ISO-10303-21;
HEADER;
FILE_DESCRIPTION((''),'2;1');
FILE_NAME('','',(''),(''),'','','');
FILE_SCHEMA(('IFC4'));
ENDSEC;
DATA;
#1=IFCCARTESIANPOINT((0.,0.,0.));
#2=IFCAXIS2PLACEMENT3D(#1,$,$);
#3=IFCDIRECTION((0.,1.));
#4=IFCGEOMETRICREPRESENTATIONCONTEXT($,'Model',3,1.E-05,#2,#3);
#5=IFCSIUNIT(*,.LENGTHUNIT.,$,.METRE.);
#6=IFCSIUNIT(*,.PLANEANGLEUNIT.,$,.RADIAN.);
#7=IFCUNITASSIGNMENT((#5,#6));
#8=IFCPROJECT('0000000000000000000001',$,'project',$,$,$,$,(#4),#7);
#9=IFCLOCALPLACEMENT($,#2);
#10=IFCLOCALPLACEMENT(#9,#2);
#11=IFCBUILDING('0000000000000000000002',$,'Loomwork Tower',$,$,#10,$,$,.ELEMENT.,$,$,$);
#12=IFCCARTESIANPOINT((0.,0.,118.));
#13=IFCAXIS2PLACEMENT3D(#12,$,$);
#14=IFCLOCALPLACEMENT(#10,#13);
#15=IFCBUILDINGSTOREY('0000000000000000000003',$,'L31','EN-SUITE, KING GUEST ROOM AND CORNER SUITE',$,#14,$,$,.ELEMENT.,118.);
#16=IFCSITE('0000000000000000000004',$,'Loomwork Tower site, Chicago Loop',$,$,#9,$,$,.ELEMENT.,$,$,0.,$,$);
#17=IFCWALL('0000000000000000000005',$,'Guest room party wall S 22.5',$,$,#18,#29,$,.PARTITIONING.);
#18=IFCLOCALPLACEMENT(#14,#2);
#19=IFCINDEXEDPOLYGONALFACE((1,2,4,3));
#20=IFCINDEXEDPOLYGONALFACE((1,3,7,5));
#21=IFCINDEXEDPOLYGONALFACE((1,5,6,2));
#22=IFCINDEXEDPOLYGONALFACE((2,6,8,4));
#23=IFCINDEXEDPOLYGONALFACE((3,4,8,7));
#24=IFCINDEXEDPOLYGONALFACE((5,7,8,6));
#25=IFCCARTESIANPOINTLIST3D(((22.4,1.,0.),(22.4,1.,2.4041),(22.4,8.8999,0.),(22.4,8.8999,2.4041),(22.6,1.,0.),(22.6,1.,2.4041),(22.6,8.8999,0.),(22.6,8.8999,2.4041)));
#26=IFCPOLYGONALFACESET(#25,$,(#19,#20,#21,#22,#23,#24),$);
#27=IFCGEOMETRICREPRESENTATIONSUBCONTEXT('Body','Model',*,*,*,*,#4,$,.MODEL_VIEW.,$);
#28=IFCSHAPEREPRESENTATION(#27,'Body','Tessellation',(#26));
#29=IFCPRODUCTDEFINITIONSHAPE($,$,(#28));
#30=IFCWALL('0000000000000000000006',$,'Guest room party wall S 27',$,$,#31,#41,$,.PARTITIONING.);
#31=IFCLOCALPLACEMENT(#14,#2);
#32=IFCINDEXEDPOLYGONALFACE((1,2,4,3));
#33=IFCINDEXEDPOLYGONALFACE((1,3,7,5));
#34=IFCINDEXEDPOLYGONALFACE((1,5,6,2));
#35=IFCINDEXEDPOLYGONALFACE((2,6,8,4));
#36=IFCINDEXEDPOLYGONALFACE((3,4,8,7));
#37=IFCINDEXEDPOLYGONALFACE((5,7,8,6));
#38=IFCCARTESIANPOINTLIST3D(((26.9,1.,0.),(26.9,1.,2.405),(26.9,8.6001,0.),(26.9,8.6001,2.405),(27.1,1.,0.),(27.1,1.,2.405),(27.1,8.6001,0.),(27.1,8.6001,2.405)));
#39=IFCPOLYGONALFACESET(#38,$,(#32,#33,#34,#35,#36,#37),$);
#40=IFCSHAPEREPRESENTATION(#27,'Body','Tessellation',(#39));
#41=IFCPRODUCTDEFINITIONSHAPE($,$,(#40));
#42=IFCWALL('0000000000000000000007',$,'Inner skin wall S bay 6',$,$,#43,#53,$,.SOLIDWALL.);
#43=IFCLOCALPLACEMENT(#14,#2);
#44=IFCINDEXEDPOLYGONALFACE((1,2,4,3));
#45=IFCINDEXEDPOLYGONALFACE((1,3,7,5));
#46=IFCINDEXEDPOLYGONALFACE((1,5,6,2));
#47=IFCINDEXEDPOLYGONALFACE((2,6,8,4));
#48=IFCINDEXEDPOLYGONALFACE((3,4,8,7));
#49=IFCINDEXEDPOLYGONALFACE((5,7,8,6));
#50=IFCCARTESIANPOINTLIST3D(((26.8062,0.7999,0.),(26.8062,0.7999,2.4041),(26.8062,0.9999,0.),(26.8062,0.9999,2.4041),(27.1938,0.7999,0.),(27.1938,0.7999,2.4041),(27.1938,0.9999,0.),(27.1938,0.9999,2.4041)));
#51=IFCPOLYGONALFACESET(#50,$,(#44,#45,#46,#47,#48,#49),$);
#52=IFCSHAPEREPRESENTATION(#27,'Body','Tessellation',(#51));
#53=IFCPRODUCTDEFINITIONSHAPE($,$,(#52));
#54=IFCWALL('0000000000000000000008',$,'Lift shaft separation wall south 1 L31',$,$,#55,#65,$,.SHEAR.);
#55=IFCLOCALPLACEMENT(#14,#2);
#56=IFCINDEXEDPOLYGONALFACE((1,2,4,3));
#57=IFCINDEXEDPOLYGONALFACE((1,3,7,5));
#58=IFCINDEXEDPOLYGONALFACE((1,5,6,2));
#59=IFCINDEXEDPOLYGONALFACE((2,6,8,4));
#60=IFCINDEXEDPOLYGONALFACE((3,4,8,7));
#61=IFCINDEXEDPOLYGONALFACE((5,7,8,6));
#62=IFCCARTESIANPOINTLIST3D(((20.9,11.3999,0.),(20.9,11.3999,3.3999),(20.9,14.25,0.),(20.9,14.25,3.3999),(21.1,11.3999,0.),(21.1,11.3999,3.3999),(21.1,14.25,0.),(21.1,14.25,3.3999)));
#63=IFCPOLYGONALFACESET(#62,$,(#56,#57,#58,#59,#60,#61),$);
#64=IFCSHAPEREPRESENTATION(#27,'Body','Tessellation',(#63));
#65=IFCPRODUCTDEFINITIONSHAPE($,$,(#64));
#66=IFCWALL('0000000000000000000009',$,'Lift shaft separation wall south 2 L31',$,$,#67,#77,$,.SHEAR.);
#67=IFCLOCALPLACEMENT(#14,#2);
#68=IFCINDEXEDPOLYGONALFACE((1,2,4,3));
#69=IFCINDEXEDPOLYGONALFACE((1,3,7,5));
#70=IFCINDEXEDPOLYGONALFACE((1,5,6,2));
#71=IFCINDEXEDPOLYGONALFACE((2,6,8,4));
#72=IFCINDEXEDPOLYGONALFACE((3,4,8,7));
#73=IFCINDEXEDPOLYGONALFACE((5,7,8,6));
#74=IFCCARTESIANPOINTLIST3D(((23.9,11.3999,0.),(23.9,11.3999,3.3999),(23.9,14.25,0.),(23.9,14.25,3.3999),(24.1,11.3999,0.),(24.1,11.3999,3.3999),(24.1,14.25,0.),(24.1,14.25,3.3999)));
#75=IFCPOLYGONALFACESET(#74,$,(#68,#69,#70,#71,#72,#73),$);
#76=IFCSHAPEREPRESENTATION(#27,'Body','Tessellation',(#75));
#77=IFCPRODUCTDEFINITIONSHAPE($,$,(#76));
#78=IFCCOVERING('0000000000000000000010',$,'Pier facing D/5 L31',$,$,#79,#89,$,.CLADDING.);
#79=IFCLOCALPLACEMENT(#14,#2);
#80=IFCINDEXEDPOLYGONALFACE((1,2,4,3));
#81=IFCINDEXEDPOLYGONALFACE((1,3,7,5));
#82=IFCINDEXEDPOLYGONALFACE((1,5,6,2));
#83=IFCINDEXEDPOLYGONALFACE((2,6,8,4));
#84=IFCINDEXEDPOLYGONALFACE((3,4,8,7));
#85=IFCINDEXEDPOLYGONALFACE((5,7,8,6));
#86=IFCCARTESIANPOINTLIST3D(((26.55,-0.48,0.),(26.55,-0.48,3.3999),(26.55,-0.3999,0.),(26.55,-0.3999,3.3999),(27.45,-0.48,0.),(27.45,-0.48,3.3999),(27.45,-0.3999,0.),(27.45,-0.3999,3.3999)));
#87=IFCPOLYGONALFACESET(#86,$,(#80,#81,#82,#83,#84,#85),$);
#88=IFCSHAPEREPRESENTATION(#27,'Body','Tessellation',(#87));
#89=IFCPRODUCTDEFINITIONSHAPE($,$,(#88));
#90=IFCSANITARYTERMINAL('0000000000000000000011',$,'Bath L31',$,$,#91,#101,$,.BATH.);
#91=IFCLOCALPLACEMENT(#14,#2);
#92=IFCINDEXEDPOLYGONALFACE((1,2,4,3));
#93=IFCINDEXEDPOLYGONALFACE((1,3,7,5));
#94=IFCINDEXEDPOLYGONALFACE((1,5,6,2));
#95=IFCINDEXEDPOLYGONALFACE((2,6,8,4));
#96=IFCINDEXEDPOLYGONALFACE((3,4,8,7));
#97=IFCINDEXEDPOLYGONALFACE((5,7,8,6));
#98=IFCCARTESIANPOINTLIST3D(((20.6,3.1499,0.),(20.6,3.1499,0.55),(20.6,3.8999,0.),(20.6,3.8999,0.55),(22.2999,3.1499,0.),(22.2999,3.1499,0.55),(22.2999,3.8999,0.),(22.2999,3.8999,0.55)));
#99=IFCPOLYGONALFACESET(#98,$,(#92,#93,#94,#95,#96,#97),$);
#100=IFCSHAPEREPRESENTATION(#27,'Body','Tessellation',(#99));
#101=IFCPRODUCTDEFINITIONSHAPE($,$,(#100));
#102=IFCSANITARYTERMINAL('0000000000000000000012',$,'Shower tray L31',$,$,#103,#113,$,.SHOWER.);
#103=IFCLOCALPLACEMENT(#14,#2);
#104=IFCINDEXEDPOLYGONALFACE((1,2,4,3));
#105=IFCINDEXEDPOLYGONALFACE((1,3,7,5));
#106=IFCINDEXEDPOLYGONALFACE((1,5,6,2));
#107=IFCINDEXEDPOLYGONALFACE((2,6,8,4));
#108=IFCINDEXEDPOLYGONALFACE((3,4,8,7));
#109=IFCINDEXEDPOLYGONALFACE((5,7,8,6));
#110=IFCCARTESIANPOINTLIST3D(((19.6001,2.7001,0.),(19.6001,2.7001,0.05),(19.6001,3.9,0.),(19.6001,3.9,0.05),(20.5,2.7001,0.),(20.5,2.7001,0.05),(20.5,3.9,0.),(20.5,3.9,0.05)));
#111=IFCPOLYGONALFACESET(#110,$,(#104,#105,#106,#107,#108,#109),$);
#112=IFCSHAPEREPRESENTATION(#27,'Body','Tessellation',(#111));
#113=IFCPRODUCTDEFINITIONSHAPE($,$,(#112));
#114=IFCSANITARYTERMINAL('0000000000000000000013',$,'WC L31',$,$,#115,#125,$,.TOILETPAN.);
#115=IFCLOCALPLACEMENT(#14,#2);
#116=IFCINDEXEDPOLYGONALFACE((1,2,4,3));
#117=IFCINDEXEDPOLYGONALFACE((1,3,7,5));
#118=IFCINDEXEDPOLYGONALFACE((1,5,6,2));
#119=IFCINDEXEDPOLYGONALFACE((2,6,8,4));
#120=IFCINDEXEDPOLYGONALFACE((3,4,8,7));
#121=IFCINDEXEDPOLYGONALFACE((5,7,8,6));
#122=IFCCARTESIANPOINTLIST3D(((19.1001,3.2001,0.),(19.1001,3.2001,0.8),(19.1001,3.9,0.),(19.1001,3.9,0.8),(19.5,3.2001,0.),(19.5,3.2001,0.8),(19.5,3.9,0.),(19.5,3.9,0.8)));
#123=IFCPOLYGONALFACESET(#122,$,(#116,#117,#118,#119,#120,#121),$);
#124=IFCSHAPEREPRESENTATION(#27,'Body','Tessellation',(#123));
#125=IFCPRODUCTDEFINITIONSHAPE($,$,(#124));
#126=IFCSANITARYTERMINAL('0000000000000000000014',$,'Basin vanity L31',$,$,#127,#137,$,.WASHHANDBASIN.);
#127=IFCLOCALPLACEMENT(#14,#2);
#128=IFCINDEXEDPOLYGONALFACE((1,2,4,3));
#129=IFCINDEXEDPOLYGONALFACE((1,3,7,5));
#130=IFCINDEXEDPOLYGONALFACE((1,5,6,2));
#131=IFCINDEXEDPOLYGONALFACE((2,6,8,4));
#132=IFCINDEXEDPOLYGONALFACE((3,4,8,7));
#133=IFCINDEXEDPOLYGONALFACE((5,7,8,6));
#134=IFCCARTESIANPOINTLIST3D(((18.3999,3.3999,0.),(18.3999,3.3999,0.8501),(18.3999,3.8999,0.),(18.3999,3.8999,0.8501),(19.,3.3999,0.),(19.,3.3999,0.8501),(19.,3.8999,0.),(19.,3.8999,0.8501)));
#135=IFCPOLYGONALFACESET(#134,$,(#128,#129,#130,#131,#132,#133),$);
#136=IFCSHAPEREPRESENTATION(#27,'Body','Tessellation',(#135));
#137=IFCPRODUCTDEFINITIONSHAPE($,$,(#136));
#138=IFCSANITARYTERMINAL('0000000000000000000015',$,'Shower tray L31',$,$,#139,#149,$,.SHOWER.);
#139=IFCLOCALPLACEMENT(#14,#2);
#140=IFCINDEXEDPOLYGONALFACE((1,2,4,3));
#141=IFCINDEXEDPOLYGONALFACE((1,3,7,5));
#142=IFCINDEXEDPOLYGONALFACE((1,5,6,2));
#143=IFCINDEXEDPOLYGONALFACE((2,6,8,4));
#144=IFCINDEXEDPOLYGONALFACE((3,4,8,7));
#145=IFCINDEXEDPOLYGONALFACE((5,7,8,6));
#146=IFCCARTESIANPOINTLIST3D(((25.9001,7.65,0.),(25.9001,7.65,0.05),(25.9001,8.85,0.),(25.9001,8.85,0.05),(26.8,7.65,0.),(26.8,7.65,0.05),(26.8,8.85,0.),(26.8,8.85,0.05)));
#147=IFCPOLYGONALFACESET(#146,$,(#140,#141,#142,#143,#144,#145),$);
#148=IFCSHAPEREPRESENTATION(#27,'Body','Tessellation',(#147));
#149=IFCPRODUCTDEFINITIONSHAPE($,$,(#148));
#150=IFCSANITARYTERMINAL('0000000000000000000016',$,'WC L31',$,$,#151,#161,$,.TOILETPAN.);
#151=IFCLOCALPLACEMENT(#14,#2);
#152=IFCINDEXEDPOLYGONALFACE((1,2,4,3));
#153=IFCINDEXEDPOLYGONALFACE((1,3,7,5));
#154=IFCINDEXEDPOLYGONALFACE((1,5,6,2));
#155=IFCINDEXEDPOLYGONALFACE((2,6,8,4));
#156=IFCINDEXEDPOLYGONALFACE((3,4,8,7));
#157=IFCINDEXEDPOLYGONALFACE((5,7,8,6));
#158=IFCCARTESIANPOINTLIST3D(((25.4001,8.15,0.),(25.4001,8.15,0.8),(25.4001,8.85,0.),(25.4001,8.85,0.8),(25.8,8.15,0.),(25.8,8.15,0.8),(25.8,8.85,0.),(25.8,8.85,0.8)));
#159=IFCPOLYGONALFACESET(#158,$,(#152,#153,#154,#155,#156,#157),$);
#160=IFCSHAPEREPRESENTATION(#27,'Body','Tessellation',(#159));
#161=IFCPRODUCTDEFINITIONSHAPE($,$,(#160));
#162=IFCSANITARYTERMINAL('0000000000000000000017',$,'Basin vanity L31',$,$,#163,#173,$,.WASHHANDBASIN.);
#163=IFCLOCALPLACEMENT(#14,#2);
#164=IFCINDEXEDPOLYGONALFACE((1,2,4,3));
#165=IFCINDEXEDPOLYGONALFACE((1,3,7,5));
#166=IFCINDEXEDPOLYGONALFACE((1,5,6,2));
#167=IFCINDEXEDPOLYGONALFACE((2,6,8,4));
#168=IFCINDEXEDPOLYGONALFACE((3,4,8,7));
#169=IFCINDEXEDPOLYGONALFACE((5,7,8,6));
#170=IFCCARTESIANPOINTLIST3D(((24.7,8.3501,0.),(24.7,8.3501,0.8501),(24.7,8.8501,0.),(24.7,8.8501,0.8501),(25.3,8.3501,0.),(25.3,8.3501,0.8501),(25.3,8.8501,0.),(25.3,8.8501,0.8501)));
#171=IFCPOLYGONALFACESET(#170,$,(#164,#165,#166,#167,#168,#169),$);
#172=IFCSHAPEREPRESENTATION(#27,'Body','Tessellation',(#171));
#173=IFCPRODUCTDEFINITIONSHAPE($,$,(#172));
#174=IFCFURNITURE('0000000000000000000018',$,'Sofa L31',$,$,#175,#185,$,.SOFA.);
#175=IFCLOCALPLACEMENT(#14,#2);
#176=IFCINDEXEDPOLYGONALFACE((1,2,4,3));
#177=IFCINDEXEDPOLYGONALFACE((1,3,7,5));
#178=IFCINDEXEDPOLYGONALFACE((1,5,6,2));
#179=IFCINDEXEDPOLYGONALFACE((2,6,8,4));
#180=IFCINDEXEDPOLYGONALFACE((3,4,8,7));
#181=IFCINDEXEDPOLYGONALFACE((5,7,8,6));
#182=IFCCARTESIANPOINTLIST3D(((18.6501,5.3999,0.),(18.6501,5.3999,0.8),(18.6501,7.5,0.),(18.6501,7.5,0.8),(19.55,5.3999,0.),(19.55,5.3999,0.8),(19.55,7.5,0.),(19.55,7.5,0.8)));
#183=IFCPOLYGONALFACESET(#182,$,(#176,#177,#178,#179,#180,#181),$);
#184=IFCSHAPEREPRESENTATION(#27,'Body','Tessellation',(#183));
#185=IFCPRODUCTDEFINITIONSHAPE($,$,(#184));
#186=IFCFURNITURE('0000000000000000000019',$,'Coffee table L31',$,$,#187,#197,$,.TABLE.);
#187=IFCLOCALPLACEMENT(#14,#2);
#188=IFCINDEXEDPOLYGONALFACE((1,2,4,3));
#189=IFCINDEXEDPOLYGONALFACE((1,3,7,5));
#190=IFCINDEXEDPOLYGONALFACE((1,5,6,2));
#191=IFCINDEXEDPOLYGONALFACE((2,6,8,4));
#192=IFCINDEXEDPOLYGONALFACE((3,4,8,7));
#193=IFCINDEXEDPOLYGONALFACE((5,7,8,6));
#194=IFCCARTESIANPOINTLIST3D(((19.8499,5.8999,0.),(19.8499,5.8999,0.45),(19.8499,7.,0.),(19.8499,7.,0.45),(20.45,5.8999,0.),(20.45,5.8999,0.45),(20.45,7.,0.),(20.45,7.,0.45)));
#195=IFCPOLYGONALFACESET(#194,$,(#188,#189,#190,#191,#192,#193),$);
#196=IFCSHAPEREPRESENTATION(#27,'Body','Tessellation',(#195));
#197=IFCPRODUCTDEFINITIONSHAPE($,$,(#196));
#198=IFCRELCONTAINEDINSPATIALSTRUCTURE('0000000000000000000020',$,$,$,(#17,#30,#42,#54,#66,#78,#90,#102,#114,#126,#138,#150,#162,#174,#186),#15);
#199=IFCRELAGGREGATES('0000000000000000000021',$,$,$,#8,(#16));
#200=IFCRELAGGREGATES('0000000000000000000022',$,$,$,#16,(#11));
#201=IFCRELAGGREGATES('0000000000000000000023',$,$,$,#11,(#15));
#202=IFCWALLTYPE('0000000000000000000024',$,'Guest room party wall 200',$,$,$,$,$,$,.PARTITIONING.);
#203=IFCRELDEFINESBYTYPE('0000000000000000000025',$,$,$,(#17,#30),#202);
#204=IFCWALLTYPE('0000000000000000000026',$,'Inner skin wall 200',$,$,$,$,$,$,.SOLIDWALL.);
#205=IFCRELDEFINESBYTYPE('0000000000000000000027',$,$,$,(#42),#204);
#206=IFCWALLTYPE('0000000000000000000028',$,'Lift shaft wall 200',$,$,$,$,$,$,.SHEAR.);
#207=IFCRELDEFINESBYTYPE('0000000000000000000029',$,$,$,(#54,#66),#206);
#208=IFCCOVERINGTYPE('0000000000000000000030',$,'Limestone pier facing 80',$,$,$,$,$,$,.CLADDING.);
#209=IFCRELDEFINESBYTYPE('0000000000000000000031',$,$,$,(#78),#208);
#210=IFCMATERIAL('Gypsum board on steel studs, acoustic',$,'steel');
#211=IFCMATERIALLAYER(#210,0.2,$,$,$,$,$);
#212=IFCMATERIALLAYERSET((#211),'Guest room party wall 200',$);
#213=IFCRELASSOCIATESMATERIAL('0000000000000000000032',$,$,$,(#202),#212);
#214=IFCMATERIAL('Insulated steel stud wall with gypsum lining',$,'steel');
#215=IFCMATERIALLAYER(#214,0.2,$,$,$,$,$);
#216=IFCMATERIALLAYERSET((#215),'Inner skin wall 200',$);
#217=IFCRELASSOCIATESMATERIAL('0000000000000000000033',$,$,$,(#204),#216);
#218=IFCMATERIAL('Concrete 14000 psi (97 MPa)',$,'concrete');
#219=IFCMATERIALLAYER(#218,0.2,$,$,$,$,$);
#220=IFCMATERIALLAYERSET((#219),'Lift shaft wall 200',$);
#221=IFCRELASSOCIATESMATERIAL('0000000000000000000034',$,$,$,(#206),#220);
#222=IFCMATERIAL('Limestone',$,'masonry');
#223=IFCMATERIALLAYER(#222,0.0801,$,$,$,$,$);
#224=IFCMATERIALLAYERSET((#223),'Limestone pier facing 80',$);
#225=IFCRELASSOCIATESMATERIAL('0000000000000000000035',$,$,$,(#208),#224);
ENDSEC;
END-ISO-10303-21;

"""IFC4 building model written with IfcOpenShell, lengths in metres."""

from ifc_helpers import new_model, si_unit, direction, frame, frame_2d, origin, origin_2d, place, context, subcontext, project, spatial, rectangle, extrude, material, layer, layer_set, type_object, element, save


model = new_model("IFC4")

# Units and contexts
model_context = context("Model", 3, precision=1e-05, world=origin(), true_north=direction((0.0, 1.0)))
body_context = subcontext(model_context, "Body", "Model", "MODEL_VIEW")
ifc_project = project(units=[si_unit("LENGTHUNIT", "METRE"), si_unit("PLANEANGLEUNIT", "RADIAN")], contexts=[model_context])

# Site, building, storey
site_placement = place(None, origin())
site = spatial("IfcSite", under=ifc_project, at=site_placement, Name="Loomwork Tower site, Chicago Loop", CompositionType="ELEMENT", RefElevation=0.0)
building_placement = place(site_placement, origin())
building = spatial("IfcBuilding", under=site, at=building_placement, Name="Loomwork Tower", CompositionType="ELEMENT")
storey_placement = place(building_placement, frame((0.0, 0.0, 118.0)))
storey = spatial("IfcBuildingStorey", under=building, at=storey_placement, Name="L31", Description="EN-SUITE, KING GUEST ROOM AND CORNER SUITE", CompositionType="ELEMENT", Elevation=118.0)

# Walls
ifc_material_1 = material(Name="Gypsum board on steel studs, acoustic", Category="steel")
ifc_layer_1 = layer(ifc_material_1, 0.2)
ifc_layer_set_1 = layer_set([ifc_layer_1], Name="Guest room party wall 200")
wall_type_1 = type_object("IfcWallType", Name="Guest room party wall 200", PredefinedType="PARTITIONING", material=ifc_layer_set_1)
wall_1_placement = place(storey_placement, frame((22.5, 8.8999, 0.0), z_axis=(0.0, 0.0, 1.0), x_axis=(0.0, -1.0, 0.0)))
element("IfcWall", 1, at=wall_1_placement, inside=storey, type_object=wall_type_1, Name="Guest room party wall S 22.5", PredefinedType="PARTITIONING", context=body_context, shape_type="SweptSolid", body=[
    extrude(rectangle(XDim=7.8999, YDim=0.2, at=frame_2d((3.95, 0.0))), origin(), (0.0, 0.0, 1.0), 2.4041),
])
wall_2_placement = place(storey_placement, frame((27.0, 8.6001, 0.0), z_axis=(0.0, 0.0, 1.0), x_axis=(0.0, -1.0, 0.0)))
element("IfcWall", 2, at=wall_2_placement, inside=storey, type_object=wall_type_1, Name="Guest room party wall S 27", PredefinedType="PARTITIONING", context=body_context, shape_type="SweptSolid", body=[
    extrude(rectangle(XDim=7.6001, YDim=0.2, at=frame_2d((3.8, 0.0))), origin(), (0.0, 0.0, 1.0), 2.405),
])
ifc_material_2 = material(Name="Insulated steel stud wall with gypsum lining", Category="steel")
ifc_layer_2 = layer(ifc_material_2, 0.2)
ifc_layer_set_2 = layer_set([ifc_layer_2], Name="Inner skin wall 200")
wall_type_2 = type_object("IfcWallType", Name="Inner skin wall 200", PredefinedType="SOLIDWALL", material=ifc_layer_set_2)
wall_3_placement = place(storey_placement, frame((26.8062, 0.8999, 0.0), z_axis=(0.0, 0.0, 1.0), x_axis=(1.0, 0.0, 0.0)))
element("IfcWall", 3, at=wall_3_placement, inside=storey, type_object=wall_type_2, Name="Inner skin wall S bay 6", PredefinedType="SOLIDWALL", context=body_context, shape_type="SweptSolid", body=[
    extrude(rectangle(XDim=0.3877, YDim=0.2, at=frame_2d((0.1938, 0.0))), origin(), (0.0, 0.0, 1.0), 2.4041),
])
ifc_material_3 = material(Name="Concrete 14000 psi (97 MPa)", Category="concrete")
ifc_layer_3 = layer(ifc_material_3, 0.2)
ifc_layer_set_3 = layer_set([ifc_layer_3], Name="Lift shaft wall 200")
wall_type_3 = type_object("IfcWallType", Name="Lift shaft wall 200", PredefinedType="SHEAR", material=ifc_layer_set_3)
for number, where, z_axis, x_axis, name in (
    (4, (21.0, 11.3999, 0.0), (0.0, 0.0, 1.0), (0.0, 1.0, 0.0), "Lift shaft separation wall south 1 L31"),
    (5, (24.0, 11.3999, 0.0), (0.0, 0.0, 1.0), (0.0, 1.0, 0.0), "Lift shaft separation wall south 2 L31"),
):
    element("IfcWall", number, at=place(storey_placement, frame(where, z_axis=z_axis, x_axis=x_axis)), inside=storey, type_object=wall_type_3, Name=name, PredefinedType="SHEAR", context=body_context, shape_type="SweptSolid", body=[
        extrude(rectangle(XDim=2.8501, YDim=0.2, at=frame_2d((1.425, 0.0))), origin(), (0.0, 0.0, 1.0), 3.3999),
    ])

# Covering
ifc_material_4 = material(Name="Limestone", Category="masonry")
ifc_layer_4 = layer(ifc_material_4, 0.0801)
ifc_layer_set_4 = layer_set([ifc_layer_4], Name="Limestone pier facing 80")
covering_type = type_object("IfcCoveringType", Name="Limestone pier facing 80", PredefinedType="CLADDING", material=ifc_layer_set_4)
covering_placement = place(storey_placement, frame((27.0, -0.4399, 0.0), z_axis=(0.0, 0.0, 1.0), x_axis=(1.0, 0.0, 0.0)))
element("IfcCovering", 6, at=covering_placement, inside=storey, type_object=covering_type, Name="Pier facing D/5 L31", PredefinedType="CLADDING", context=body_context, shape_type="SweptSolid", body=[
    extrude(rectangle(XDim=0.8999, YDim=0.0801, at=origin_2d()), origin(), (0.0, 0.0, 1.0), 3.3999),
])

# Sanitary terminals
sanitary_terminal_1_placement = place(storey_placement, frame((21.45, 3.5249, 0.0), z_axis=(0.0, 0.0, 1.0), x_axis=(1.0, 0.0, 0.0)))
element("IfcSanitaryTerminal", 7, at=sanitary_terminal_1_placement, inside=storey, Name="Bath L31", PredefinedType="BATH", context=body_context, shape_type="SweptSolid", body=[
    extrude(rectangle(XDim=1.7, YDim=0.75, at=origin_2d()), origin(), (0.0, 0.0, 1.0), 0.55),
])
sanitary_terminal_2_placement = place(storey_placement, frame((20.05, 3.3, 0.0), z_axis=(0.0, 0.0, 1.0), x_axis=(1.0, 0.0, 0.0)))
element("IfcSanitaryTerminal", 8, at=sanitary_terminal_2_placement, inside=storey, Name="Shower tray L31", PredefinedType="SHOWER", context=body_context, shape_type="SweptSolid", body=[
    extrude(rectangle(XDim=0.8999, YDim=1.2, at=origin_2d()), origin(), (0.0, 0.0, 1.0), 0.05),
])
sanitary_terminal_3_placement = place(storey_placement, frame((19.3, 3.55, 0.0), z_axis=(0.0, 0.0, 1.0), x_axis=(1.0, 0.0, 0.0)))
element("IfcSanitaryTerminal", 9, at=sanitary_terminal_3_placement, inside=storey, Name="WC L31", PredefinedType="TOILETPAN", context=body_context, shape_type="SweptSolid", body=[
    extrude(rectangle(XDim=0.3999, YDim=0.7, at=origin_2d()), origin(), (0.0, 0.0, 1.0), 0.8),
])
sanitary_terminal_4_placement = place(storey_placement, frame((18.7, 3.6499, 0.0), z_axis=(0.0, 0.0, 1.0), x_axis=(1.0, 0.0, 0.0)))
element("IfcSanitaryTerminal", 10, at=sanitary_terminal_4_placement, inside=storey, Name="Basin vanity L31", PredefinedType="WASHHANDBASIN", context=body_context, shape_type="SweptSolid", body=[
    extrude(rectangle(XDim=0.6001, YDim=0.5, at=origin_2d()), origin(), (0.0, 0.0, 1.0), 0.8501),
])
sanitary_terminal_5_placement = place(storey_placement, frame((26.3501, 8.25, 0.0), z_axis=(0.0, 0.0, 1.0), x_axis=(1.0, 0.0, 0.0)))
element("IfcSanitaryTerminal", 11, at=sanitary_terminal_5_placement, inside=storey, Name="Shower tray L31", PredefinedType="SHOWER", context=body_context, shape_type="SweptSolid", body=[
    extrude(rectangle(XDim=0.8999, YDim=1.2, at=origin_2d()), origin(), (0.0, 0.0, 1.0), 0.05),
])
sanitary_terminal_6_placement = place(storey_placement, frame((25.6001, 8.5, 0.0), z_axis=(0.0, 0.0, 1.0), x_axis=(1.0, 0.0, 0.0)))
element("IfcSanitaryTerminal", 12, at=sanitary_terminal_6_placement, inside=storey, Name="WC L31", PredefinedType="TOILETPAN", context=body_context, shape_type="SweptSolid", body=[
    extrude(rectangle(XDim=0.3999, YDim=0.7, at=origin_2d()), origin(), (0.0, 0.0, 1.0), 0.8),
])
sanitary_terminal_7_placement = place(storey_placement, frame((25.0, 8.6001, 0.0), z_axis=(0.0, 0.0, 1.0), x_axis=(1.0, 0.0, 0.0)))
element("IfcSanitaryTerminal", 13, at=sanitary_terminal_7_placement, inside=storey, Name="Basin vanity L31", PredefinedType="WASHHANDBASIN", context=body_context, shape_type="SweptSolid", body=[
    extrude(rectangle(XDim=0.6001, YDim=0.5, at=origin_2d()), origin(), (0.0, 0.0, 1.0), 0.8501),
])

# Furniture
furniture_1_placement = place(storey_placement, frame((19.1001, 6.45, 0.0), z_axis=(0.0, 0.0, 1.0), x_axis=(1.0, 0.0, 0.0)))
element("IfcFurniture", 14, at=furniture_1_placement, inside=storey, Name="Sofa L31", PredefinedType="SOFA", context=body_context, shape_type="SweptSolid", body=[
    extrude(rectangle(XDim=0.8999, YDim=2.1001, at=origin_2d()), origin(), (0.0, 0.0, 1.0), 0.8),
])
furniture_2_placement = place(storey_placement, frame((20.1499, 6.45, 0.0), z_axis=(0.0, 0.0, 1.0), x_axis=(1.0, 0.0, 0.0)))
element("IfcFurniture", 15, at=furniture_2_placement, inside=storey, Name="Coffee table L31", PredefinedType="TABLE", context=body_context, shape_type="SweptSolid", body=[
    extrude(rectangle(XDim=0.6001, YDim=1.1001, at=origin_2d()), origin(), (0.0, 0.0, 1.0), 0.45),
])

save(model, "model.ifc")
